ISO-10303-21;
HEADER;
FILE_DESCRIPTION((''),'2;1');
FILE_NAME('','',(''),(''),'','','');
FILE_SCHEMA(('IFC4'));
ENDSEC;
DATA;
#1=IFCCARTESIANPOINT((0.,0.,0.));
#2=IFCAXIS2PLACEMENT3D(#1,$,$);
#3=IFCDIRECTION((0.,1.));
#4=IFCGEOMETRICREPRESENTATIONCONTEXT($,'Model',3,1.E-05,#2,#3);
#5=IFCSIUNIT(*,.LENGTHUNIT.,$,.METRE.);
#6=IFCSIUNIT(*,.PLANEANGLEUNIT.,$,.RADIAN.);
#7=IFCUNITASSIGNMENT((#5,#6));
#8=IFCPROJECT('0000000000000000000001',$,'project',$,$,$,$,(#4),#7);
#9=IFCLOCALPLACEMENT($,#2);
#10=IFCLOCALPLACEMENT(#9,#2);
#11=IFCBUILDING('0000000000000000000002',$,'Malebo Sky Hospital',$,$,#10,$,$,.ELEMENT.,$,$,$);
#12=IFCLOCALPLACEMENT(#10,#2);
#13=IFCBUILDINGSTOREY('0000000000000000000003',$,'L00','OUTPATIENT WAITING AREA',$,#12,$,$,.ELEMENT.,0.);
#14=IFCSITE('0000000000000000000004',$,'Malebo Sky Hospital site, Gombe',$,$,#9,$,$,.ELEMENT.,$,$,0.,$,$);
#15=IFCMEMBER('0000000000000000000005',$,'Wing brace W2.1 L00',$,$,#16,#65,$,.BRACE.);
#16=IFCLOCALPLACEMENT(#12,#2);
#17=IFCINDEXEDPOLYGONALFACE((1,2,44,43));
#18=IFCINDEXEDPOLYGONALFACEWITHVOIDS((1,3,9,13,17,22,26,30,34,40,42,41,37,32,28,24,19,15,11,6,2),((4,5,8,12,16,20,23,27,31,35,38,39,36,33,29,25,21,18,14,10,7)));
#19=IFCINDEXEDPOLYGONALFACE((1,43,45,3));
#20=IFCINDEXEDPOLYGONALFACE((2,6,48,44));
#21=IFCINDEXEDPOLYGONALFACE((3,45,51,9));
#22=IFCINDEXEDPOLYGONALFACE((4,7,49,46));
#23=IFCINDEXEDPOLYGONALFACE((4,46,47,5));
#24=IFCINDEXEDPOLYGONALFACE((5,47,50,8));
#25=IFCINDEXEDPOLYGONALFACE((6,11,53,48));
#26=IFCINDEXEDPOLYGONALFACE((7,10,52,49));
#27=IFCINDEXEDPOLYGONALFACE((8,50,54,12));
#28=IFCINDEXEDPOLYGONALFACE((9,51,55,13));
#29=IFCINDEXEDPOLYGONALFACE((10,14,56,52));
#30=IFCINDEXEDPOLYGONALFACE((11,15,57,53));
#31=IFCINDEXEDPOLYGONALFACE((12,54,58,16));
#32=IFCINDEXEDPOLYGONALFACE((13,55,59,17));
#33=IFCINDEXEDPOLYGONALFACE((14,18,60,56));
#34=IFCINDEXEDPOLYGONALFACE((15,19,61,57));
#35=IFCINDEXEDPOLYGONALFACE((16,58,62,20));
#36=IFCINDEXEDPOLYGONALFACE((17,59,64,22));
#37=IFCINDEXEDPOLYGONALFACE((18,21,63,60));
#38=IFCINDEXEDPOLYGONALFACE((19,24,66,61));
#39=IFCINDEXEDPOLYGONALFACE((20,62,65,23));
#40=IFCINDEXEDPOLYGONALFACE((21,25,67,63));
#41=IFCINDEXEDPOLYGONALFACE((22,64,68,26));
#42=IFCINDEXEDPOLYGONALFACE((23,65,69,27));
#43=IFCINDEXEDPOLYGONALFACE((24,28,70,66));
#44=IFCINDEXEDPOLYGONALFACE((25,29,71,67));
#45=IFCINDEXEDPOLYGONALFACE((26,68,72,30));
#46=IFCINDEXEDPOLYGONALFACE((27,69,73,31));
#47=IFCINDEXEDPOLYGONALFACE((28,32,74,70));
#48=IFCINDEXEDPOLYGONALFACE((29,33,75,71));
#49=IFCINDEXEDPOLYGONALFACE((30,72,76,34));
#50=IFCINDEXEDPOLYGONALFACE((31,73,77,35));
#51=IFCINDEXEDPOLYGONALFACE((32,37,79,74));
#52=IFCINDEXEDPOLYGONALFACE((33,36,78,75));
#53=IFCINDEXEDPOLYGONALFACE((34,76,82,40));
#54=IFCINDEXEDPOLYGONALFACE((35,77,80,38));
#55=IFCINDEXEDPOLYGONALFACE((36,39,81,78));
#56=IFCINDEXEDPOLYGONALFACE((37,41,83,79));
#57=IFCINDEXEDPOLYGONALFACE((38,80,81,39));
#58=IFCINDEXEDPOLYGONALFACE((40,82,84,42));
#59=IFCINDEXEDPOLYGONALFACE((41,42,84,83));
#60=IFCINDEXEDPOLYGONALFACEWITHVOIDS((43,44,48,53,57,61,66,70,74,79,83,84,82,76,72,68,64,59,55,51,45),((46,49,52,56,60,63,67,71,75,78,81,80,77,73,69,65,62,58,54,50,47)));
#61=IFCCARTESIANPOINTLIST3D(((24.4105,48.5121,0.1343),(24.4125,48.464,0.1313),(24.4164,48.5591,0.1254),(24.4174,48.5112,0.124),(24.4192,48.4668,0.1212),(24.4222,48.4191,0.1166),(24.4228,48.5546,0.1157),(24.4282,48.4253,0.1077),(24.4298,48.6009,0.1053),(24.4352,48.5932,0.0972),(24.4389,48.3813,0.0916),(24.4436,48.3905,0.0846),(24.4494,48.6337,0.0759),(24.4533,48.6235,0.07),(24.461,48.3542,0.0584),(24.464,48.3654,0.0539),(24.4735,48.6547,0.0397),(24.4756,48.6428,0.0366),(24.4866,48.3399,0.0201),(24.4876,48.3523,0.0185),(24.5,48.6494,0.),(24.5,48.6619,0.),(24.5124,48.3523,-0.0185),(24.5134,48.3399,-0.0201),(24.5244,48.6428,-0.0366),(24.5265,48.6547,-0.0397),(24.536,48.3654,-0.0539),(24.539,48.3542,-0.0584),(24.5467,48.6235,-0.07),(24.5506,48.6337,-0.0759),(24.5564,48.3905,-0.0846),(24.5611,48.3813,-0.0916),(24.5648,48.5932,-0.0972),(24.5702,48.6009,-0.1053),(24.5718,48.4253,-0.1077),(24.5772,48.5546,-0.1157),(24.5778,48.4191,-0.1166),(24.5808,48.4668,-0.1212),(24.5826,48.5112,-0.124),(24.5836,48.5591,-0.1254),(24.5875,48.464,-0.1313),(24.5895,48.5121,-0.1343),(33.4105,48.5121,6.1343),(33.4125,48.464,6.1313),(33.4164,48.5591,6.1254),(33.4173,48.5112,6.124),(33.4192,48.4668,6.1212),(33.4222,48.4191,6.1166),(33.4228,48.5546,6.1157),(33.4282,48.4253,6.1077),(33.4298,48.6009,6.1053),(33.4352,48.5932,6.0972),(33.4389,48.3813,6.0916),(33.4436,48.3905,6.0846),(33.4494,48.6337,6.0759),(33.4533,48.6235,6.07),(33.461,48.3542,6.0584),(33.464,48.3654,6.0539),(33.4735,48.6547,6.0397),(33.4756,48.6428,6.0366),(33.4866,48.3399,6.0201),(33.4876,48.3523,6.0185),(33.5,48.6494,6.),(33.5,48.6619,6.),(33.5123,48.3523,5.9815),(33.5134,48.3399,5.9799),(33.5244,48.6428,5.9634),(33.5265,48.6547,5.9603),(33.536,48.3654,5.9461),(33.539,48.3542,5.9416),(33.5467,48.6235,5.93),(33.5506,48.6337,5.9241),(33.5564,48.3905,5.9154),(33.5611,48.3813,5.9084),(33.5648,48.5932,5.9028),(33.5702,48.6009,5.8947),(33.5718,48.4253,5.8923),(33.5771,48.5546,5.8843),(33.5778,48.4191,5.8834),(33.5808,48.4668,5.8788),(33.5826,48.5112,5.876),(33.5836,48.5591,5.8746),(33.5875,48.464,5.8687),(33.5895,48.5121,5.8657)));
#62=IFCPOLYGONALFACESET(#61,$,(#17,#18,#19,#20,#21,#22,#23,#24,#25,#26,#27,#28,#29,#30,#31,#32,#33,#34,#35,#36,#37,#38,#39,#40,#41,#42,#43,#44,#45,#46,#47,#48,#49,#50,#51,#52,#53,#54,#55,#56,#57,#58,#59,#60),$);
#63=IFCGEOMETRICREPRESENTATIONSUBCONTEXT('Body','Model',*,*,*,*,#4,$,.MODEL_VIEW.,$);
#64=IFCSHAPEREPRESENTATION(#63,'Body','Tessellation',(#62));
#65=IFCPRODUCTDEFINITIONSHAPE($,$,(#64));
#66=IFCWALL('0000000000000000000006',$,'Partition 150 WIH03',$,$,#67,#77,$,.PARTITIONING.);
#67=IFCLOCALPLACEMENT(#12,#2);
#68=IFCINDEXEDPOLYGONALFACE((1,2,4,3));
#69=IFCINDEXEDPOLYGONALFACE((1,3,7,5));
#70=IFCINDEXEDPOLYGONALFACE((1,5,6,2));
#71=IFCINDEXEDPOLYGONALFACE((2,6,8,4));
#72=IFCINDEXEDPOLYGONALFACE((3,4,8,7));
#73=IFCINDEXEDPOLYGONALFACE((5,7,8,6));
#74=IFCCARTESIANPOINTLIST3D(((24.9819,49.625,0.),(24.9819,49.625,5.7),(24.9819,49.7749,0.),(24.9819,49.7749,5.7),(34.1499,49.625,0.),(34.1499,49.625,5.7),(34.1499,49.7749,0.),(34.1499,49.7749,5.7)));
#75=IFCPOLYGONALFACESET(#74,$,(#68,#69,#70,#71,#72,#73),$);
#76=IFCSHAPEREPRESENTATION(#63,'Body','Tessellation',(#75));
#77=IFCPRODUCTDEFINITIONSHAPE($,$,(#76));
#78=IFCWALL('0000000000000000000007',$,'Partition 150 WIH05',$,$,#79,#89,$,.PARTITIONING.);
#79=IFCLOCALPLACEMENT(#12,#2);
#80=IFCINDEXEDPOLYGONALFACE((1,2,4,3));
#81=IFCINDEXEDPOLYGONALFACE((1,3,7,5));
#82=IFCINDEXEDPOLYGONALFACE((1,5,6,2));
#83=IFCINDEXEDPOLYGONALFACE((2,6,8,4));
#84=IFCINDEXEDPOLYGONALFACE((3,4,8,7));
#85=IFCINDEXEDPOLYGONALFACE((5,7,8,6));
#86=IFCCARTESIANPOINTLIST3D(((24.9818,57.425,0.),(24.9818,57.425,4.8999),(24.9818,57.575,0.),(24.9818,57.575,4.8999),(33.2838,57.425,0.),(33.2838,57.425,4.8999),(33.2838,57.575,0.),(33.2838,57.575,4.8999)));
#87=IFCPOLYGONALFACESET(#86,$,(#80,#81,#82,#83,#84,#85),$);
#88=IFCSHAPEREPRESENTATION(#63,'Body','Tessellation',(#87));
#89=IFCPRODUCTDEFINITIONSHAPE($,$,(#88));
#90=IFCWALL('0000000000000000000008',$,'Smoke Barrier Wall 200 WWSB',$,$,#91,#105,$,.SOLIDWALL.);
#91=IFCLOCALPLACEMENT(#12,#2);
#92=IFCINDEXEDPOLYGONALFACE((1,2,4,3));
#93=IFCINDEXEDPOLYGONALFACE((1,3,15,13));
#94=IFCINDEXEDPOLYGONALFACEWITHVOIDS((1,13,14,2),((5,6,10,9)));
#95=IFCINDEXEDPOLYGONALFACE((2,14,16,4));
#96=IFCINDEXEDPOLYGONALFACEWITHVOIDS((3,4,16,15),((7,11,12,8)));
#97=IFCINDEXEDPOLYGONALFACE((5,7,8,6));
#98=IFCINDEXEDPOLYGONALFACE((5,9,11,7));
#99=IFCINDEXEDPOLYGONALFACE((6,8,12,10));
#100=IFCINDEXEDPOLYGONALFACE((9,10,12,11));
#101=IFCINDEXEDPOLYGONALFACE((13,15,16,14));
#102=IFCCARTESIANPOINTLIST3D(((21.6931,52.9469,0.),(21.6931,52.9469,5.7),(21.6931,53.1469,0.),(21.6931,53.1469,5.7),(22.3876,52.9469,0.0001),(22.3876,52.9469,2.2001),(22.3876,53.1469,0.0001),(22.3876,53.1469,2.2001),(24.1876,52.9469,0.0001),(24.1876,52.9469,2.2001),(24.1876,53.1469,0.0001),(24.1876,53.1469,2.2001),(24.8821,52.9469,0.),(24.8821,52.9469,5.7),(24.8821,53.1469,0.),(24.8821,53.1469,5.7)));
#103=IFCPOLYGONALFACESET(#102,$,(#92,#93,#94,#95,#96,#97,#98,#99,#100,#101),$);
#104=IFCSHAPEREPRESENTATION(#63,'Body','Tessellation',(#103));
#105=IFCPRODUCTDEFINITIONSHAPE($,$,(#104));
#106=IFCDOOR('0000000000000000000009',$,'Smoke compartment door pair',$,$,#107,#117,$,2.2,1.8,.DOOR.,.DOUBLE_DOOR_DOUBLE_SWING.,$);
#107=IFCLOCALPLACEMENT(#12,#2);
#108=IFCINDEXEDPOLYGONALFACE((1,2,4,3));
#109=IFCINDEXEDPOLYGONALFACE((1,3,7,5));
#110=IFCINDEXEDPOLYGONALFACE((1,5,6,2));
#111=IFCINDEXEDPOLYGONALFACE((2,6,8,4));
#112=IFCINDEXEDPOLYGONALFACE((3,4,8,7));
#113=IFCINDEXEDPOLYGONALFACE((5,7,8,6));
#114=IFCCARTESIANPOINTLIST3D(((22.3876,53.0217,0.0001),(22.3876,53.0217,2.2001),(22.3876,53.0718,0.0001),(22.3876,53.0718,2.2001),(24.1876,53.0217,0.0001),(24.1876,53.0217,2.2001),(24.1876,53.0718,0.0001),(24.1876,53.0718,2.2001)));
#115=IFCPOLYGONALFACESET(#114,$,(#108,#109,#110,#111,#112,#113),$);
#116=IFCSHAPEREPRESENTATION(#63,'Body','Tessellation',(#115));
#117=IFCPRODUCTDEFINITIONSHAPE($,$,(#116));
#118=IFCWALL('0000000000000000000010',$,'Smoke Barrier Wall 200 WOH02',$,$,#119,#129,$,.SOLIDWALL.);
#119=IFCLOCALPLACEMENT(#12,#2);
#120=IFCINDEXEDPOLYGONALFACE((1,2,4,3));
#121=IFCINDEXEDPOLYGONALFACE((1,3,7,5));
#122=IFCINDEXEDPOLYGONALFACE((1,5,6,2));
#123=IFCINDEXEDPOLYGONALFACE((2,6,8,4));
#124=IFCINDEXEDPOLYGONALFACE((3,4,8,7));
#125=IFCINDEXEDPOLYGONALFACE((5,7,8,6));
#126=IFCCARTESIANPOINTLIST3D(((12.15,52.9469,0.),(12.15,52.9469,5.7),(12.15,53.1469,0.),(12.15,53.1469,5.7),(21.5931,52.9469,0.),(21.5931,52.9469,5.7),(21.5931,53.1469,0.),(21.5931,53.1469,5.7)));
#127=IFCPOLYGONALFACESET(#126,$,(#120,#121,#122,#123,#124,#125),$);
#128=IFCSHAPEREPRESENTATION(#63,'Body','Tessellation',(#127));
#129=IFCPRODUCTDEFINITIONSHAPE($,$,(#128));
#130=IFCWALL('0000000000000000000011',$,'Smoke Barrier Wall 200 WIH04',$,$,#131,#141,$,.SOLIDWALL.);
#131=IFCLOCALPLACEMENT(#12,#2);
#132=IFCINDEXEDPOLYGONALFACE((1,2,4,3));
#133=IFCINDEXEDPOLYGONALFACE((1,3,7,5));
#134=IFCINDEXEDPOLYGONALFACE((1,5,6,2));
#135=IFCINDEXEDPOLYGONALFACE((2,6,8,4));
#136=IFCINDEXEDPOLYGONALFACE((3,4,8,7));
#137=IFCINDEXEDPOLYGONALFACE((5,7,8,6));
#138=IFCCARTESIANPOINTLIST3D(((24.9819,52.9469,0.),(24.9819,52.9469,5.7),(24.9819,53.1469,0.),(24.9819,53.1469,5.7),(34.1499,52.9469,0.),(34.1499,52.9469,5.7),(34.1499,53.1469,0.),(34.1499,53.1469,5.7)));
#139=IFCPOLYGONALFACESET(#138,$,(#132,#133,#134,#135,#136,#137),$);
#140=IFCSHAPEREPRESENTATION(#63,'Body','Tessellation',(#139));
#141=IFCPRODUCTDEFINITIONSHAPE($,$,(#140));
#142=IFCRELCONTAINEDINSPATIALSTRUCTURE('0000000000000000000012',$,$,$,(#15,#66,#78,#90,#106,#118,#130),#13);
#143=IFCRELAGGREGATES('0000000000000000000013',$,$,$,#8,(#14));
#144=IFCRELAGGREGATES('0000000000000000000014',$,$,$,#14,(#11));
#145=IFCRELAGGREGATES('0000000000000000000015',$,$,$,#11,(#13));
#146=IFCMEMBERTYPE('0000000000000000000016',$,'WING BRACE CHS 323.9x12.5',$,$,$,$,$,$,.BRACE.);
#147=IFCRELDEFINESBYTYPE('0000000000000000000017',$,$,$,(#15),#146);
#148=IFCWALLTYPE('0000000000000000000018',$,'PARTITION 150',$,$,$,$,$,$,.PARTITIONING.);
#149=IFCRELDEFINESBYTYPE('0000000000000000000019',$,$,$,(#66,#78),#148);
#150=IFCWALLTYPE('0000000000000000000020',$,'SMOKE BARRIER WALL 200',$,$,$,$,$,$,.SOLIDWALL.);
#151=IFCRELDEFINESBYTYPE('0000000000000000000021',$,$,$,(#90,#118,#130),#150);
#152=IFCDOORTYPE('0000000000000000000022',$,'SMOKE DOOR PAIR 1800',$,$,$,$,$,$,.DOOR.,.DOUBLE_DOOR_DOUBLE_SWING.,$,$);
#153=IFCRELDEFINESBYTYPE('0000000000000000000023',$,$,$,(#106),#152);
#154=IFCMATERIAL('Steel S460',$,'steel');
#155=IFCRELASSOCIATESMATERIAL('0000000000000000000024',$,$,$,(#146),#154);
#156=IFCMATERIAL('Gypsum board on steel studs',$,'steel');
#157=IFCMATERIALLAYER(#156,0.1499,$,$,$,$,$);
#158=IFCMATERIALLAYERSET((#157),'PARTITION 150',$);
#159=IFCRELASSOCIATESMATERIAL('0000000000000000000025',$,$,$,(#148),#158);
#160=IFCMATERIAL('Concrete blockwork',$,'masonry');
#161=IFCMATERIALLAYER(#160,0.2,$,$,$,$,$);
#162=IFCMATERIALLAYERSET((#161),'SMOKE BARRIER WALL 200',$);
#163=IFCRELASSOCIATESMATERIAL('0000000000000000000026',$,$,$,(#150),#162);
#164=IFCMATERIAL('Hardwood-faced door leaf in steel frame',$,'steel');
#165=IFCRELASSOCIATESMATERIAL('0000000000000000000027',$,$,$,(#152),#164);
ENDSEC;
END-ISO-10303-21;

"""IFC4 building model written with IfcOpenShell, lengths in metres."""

from ifc_helpers import new_model, si_unit, direction, frame, frame_2d, origin, origin_2d, place, context, subcontext, project, spatial, rectangle, hollow_circle, extrude, material, layer, layer_set, material_profile, profile_set, type_object, element, fill, save


model = new_model("IFC4")

# Units and contexts
model_context = context("Model", 3, precision=1e-05, world=origin(), true_north=direction((0.0, 1.0)))
body_context = subcontext(model_context, "Body", "Model", "MODEL_VIEW")
ifc_project = project(units=[si_unit("LENGTHUNIT", "METRE"), si_unit("PLANEANGLEUNIT", "RADIAN")], contexts=[model_context])

# Site, building, storey
site_placement = place(None, origin())
site = spatial("IfcSite", under=ifc_project, at=site_placement, Name="Malebo Sky Hospital site, Gombe", CompositionType="ELEMENT", RefElevation=0.0)
building_placement = place(site_placement, origin())
building = spatial("IfcBuilding", under=site, at=building_placement, Name="Malebo Sky Hospital", CompositionType="ELEMENT")
storey_placement = place(building_placement, origin())
storey = spatial("IfcBuildingStorey", under=building, at=storey_placement, Name="L00", Description="OUTPATIENT WAITING AREA", CompositionType="ELEMENT", Elevation=0.0)

# Member
ifc_material_1 = material(Name="Steel S460", Category="steel")
ifc_material_profile_1 = material_profile(ifc_material_1, hollow_circle(Radius=0.1619, WallThickness=0.0125, at=origin_2d()), Name="CHS 323.9x12.5")
ifc_profile_set_1 = profile_set([ifc_material_profile_1], Name="Steel S460")
member_type = type_object("IfcMemberType", Name="WING BRACE CHS 323.9x12.5", PredefinedType="BRACE", material=ifc_profile_set_1)
member_placement = place(storey_placement, frame((24.5, 48.5, 0.0), z_axis=(0.83205, 0.0, 0.5547), x_axis=(0.0, 1.0, 0.0)))
element("IfcMember", 1, at=member_placement, inside=storey, type_object=member_type, Name="Wing brace W2.1 L00", PredefinedType="BRACE", context=body_context, shape_type="SweptSolid", body=[
    extrude(hollow_circle(Radius=0.1619, WallThickness=0.0125, at=origin_2d()), origin(), (0.0, 0.0, 1.0), 10.8167),
])

# Walls
ifc_material_2 = material(Name="Gypsum board on steel studs", Category="steel")
ifc_layer_1 = layer(ifc_material_2, 0.1499)
ifc_layer_set_1 = layer_set([ifc_layer_1], Name="PARTITION 150")
wall_type_1 = type_object("IfcWallType", Name="PARTITION 150", PredefinedType="PARTITIONING", material=ifc_layer_set_1)
wall_1_placement = place(storey_placement, frame((24.9819, 49.7, 0.0), z_axis=(0.0, 0.0, 1.0), x_axis=(1.0, 0.0, 0.0)))
element("IfcWall", 2, at=wall_1_placement, inside=storey, type_object=wall_type_1, Name="Partition 150 WIH03", PredefinedType="PARTITIONING", context=body_context, shape_type="SweptSolid", body=[
    extrude(rectangle(XDim=9.168, YDim=0.1499, at=frame_2d((4.584, 0.0))), origin(), (0.0, 0.0, 1.0), 5.7),
])
wall_2_placement = place(storey_placement, frame((24.9819, 57.5, 0.0), z_axis=(0.0, 0.0, 1.0), x_axis=(1.0, 0.0, 0.0)))
element("IfcWall", 3, at=wall_2_placement, inside=storey, type_object=wall_type_1, Name="Partition 150 WIH05", PredefinedType="PARTITIONING", context=body_context, shape_type="SweptSolid", body=[
    extrude(rectangle(XDim=8.302, YDim=0.1499, at=frame_2d((4.1509, 0.0))), origin(), (0.0, 0.0, 1.0), 4.8999),
])

# Wall, opening, door
ifc_material_3 = material(Name="Concrete blockwork", Category="masonry")
ifc_layer_2 = layer(ifc_material_3, 0.2)
ifc_layer_set_2 = layer_set([ifc_layer_2], Name="SMOKE BARRIER WALL 200")
wall_type_2 = type_object("IfcWallType", Name="SMOKE BARRIER WALL 200", PredefinedType="SOLIDWALL", material=ifc_layer_set_2)
wall_3_placement = place(storey_placement, frame((21.6931, 53.0469, 0.0), z_axis=(0.0, 0.0, 1.0), x_axis=(1.0, 0.0, 0.0)))
wall_3 = element("IfcWall", 4, at=wall_3_placement, inside=storey, type_object=wall_type_2, Name="Smoke Barrier Wall 200 WWSB", PredefinedType="SOLIDWALL", context=body_context, shape_type="SweptSolid", body=[
    extrude(rectangle(XDim=3.189, YDim=0.2, at=frame_2d((1.5945, 0.0))), origin(), (0.0, 0.0, 1.0), 5.7),
])
opening_placement = place(wall_3_placement, frame((0.6946, 0.0, 0.0)))
opening = element("IfcOpeningElement", 5, at=opening_placement, cuts=wall_3, PredefinedType="OPENING", context=body_context, shape_type="SweptSolid", body=[
    extrude(rectangle(XDim=1.8, YDim=2.2, at=frame_2d((0.8999, 1.1001))), frame((0.0, 0.1099, 0.0), z_axis=(0.0, -1.0, 0.0), x_axis=(1.0, 0.0, 0.0)), (0.0, 0.0, 1.0), 0.22),
])
ifc_material_4 = material(Name="Hardwood-faced door leaf in steel frame", Category="steel")
door_type = type_object("IfcDoorType", Name="SMOKE DOOR PAIR 1800", OperationType="DOUBLE_DOOR_DOUBLE_SWING", PredefinedType="DOOR", material=ifc_material_4)
door_placement = place(opening_placement, origin())
door = element("IfcDoor", 6, at=door_placement, inside=storey, type_object=door_type, Name="Smoke compartment door pair", OperationType="DOUBLE_DOOR_DOUBLE_SWING", OverallHeight=2.2, OverallWidth=1.8, PredefinedType="DOOR", context=body_context, shape_type="SweptSolid", body=[
    extrude(rectangle(XDim=1.8, YDim=2.2, at=frame_2d((0.8999, 1.1001))), frame((0.0, 0.0249, 0.0), z_axis=(0.0, -1.0, 0.0), x_axis=(1.0, 0.0, 0.0)), (0.0, 0.0, 1.0), 0.05),
])
fill(opening, door)

# Walls
wall_4_placement = place(storey_placement, frame((12.1499, 53.0469, 0.0), z_axis=(0.0, 0.0, 1.0), x_axis=(1.0, 0.0, 0.0)))
element("IfcWall", 7, at=wall_4_placement, inside=storey, type_object=wall_type_2, Name="Smoke Barrier Wall 200 WOH02", PredefinedType="SOLIDWALL", context=body_context, shape_type="SweptSolid", body=[
    extrude(rectangle(XDim=9.4431, YDim=0.2, at=frame_2d((4.7217, 0.0))), origin(), (0.0, 0.0, 1.0), 5.7),
])
wall_5_placement = place(storey_placement, frame((24.9819, 53.0469, 0.0), z_axis=(0.0, 0.0, 1.0), x_axis=(1.0, 0.0, 0.0)))
element("IfcWall", 8, at=wall_5_placement, inside=storey, type_object=wall_type_2, Name="Smoke Barrier Wall 200 WIH04", PredefinedType="SOLIDWALL", context=body_context, shape_type="SweptSolid", body=[
    extrude(rectangle(XDim=9.168, YDim=0.2, at=frame_2d((4.584, 0.0))), origin(), (0.0, 0.0, 1.0), 5.7),
])

save(model, "model.ifc")
